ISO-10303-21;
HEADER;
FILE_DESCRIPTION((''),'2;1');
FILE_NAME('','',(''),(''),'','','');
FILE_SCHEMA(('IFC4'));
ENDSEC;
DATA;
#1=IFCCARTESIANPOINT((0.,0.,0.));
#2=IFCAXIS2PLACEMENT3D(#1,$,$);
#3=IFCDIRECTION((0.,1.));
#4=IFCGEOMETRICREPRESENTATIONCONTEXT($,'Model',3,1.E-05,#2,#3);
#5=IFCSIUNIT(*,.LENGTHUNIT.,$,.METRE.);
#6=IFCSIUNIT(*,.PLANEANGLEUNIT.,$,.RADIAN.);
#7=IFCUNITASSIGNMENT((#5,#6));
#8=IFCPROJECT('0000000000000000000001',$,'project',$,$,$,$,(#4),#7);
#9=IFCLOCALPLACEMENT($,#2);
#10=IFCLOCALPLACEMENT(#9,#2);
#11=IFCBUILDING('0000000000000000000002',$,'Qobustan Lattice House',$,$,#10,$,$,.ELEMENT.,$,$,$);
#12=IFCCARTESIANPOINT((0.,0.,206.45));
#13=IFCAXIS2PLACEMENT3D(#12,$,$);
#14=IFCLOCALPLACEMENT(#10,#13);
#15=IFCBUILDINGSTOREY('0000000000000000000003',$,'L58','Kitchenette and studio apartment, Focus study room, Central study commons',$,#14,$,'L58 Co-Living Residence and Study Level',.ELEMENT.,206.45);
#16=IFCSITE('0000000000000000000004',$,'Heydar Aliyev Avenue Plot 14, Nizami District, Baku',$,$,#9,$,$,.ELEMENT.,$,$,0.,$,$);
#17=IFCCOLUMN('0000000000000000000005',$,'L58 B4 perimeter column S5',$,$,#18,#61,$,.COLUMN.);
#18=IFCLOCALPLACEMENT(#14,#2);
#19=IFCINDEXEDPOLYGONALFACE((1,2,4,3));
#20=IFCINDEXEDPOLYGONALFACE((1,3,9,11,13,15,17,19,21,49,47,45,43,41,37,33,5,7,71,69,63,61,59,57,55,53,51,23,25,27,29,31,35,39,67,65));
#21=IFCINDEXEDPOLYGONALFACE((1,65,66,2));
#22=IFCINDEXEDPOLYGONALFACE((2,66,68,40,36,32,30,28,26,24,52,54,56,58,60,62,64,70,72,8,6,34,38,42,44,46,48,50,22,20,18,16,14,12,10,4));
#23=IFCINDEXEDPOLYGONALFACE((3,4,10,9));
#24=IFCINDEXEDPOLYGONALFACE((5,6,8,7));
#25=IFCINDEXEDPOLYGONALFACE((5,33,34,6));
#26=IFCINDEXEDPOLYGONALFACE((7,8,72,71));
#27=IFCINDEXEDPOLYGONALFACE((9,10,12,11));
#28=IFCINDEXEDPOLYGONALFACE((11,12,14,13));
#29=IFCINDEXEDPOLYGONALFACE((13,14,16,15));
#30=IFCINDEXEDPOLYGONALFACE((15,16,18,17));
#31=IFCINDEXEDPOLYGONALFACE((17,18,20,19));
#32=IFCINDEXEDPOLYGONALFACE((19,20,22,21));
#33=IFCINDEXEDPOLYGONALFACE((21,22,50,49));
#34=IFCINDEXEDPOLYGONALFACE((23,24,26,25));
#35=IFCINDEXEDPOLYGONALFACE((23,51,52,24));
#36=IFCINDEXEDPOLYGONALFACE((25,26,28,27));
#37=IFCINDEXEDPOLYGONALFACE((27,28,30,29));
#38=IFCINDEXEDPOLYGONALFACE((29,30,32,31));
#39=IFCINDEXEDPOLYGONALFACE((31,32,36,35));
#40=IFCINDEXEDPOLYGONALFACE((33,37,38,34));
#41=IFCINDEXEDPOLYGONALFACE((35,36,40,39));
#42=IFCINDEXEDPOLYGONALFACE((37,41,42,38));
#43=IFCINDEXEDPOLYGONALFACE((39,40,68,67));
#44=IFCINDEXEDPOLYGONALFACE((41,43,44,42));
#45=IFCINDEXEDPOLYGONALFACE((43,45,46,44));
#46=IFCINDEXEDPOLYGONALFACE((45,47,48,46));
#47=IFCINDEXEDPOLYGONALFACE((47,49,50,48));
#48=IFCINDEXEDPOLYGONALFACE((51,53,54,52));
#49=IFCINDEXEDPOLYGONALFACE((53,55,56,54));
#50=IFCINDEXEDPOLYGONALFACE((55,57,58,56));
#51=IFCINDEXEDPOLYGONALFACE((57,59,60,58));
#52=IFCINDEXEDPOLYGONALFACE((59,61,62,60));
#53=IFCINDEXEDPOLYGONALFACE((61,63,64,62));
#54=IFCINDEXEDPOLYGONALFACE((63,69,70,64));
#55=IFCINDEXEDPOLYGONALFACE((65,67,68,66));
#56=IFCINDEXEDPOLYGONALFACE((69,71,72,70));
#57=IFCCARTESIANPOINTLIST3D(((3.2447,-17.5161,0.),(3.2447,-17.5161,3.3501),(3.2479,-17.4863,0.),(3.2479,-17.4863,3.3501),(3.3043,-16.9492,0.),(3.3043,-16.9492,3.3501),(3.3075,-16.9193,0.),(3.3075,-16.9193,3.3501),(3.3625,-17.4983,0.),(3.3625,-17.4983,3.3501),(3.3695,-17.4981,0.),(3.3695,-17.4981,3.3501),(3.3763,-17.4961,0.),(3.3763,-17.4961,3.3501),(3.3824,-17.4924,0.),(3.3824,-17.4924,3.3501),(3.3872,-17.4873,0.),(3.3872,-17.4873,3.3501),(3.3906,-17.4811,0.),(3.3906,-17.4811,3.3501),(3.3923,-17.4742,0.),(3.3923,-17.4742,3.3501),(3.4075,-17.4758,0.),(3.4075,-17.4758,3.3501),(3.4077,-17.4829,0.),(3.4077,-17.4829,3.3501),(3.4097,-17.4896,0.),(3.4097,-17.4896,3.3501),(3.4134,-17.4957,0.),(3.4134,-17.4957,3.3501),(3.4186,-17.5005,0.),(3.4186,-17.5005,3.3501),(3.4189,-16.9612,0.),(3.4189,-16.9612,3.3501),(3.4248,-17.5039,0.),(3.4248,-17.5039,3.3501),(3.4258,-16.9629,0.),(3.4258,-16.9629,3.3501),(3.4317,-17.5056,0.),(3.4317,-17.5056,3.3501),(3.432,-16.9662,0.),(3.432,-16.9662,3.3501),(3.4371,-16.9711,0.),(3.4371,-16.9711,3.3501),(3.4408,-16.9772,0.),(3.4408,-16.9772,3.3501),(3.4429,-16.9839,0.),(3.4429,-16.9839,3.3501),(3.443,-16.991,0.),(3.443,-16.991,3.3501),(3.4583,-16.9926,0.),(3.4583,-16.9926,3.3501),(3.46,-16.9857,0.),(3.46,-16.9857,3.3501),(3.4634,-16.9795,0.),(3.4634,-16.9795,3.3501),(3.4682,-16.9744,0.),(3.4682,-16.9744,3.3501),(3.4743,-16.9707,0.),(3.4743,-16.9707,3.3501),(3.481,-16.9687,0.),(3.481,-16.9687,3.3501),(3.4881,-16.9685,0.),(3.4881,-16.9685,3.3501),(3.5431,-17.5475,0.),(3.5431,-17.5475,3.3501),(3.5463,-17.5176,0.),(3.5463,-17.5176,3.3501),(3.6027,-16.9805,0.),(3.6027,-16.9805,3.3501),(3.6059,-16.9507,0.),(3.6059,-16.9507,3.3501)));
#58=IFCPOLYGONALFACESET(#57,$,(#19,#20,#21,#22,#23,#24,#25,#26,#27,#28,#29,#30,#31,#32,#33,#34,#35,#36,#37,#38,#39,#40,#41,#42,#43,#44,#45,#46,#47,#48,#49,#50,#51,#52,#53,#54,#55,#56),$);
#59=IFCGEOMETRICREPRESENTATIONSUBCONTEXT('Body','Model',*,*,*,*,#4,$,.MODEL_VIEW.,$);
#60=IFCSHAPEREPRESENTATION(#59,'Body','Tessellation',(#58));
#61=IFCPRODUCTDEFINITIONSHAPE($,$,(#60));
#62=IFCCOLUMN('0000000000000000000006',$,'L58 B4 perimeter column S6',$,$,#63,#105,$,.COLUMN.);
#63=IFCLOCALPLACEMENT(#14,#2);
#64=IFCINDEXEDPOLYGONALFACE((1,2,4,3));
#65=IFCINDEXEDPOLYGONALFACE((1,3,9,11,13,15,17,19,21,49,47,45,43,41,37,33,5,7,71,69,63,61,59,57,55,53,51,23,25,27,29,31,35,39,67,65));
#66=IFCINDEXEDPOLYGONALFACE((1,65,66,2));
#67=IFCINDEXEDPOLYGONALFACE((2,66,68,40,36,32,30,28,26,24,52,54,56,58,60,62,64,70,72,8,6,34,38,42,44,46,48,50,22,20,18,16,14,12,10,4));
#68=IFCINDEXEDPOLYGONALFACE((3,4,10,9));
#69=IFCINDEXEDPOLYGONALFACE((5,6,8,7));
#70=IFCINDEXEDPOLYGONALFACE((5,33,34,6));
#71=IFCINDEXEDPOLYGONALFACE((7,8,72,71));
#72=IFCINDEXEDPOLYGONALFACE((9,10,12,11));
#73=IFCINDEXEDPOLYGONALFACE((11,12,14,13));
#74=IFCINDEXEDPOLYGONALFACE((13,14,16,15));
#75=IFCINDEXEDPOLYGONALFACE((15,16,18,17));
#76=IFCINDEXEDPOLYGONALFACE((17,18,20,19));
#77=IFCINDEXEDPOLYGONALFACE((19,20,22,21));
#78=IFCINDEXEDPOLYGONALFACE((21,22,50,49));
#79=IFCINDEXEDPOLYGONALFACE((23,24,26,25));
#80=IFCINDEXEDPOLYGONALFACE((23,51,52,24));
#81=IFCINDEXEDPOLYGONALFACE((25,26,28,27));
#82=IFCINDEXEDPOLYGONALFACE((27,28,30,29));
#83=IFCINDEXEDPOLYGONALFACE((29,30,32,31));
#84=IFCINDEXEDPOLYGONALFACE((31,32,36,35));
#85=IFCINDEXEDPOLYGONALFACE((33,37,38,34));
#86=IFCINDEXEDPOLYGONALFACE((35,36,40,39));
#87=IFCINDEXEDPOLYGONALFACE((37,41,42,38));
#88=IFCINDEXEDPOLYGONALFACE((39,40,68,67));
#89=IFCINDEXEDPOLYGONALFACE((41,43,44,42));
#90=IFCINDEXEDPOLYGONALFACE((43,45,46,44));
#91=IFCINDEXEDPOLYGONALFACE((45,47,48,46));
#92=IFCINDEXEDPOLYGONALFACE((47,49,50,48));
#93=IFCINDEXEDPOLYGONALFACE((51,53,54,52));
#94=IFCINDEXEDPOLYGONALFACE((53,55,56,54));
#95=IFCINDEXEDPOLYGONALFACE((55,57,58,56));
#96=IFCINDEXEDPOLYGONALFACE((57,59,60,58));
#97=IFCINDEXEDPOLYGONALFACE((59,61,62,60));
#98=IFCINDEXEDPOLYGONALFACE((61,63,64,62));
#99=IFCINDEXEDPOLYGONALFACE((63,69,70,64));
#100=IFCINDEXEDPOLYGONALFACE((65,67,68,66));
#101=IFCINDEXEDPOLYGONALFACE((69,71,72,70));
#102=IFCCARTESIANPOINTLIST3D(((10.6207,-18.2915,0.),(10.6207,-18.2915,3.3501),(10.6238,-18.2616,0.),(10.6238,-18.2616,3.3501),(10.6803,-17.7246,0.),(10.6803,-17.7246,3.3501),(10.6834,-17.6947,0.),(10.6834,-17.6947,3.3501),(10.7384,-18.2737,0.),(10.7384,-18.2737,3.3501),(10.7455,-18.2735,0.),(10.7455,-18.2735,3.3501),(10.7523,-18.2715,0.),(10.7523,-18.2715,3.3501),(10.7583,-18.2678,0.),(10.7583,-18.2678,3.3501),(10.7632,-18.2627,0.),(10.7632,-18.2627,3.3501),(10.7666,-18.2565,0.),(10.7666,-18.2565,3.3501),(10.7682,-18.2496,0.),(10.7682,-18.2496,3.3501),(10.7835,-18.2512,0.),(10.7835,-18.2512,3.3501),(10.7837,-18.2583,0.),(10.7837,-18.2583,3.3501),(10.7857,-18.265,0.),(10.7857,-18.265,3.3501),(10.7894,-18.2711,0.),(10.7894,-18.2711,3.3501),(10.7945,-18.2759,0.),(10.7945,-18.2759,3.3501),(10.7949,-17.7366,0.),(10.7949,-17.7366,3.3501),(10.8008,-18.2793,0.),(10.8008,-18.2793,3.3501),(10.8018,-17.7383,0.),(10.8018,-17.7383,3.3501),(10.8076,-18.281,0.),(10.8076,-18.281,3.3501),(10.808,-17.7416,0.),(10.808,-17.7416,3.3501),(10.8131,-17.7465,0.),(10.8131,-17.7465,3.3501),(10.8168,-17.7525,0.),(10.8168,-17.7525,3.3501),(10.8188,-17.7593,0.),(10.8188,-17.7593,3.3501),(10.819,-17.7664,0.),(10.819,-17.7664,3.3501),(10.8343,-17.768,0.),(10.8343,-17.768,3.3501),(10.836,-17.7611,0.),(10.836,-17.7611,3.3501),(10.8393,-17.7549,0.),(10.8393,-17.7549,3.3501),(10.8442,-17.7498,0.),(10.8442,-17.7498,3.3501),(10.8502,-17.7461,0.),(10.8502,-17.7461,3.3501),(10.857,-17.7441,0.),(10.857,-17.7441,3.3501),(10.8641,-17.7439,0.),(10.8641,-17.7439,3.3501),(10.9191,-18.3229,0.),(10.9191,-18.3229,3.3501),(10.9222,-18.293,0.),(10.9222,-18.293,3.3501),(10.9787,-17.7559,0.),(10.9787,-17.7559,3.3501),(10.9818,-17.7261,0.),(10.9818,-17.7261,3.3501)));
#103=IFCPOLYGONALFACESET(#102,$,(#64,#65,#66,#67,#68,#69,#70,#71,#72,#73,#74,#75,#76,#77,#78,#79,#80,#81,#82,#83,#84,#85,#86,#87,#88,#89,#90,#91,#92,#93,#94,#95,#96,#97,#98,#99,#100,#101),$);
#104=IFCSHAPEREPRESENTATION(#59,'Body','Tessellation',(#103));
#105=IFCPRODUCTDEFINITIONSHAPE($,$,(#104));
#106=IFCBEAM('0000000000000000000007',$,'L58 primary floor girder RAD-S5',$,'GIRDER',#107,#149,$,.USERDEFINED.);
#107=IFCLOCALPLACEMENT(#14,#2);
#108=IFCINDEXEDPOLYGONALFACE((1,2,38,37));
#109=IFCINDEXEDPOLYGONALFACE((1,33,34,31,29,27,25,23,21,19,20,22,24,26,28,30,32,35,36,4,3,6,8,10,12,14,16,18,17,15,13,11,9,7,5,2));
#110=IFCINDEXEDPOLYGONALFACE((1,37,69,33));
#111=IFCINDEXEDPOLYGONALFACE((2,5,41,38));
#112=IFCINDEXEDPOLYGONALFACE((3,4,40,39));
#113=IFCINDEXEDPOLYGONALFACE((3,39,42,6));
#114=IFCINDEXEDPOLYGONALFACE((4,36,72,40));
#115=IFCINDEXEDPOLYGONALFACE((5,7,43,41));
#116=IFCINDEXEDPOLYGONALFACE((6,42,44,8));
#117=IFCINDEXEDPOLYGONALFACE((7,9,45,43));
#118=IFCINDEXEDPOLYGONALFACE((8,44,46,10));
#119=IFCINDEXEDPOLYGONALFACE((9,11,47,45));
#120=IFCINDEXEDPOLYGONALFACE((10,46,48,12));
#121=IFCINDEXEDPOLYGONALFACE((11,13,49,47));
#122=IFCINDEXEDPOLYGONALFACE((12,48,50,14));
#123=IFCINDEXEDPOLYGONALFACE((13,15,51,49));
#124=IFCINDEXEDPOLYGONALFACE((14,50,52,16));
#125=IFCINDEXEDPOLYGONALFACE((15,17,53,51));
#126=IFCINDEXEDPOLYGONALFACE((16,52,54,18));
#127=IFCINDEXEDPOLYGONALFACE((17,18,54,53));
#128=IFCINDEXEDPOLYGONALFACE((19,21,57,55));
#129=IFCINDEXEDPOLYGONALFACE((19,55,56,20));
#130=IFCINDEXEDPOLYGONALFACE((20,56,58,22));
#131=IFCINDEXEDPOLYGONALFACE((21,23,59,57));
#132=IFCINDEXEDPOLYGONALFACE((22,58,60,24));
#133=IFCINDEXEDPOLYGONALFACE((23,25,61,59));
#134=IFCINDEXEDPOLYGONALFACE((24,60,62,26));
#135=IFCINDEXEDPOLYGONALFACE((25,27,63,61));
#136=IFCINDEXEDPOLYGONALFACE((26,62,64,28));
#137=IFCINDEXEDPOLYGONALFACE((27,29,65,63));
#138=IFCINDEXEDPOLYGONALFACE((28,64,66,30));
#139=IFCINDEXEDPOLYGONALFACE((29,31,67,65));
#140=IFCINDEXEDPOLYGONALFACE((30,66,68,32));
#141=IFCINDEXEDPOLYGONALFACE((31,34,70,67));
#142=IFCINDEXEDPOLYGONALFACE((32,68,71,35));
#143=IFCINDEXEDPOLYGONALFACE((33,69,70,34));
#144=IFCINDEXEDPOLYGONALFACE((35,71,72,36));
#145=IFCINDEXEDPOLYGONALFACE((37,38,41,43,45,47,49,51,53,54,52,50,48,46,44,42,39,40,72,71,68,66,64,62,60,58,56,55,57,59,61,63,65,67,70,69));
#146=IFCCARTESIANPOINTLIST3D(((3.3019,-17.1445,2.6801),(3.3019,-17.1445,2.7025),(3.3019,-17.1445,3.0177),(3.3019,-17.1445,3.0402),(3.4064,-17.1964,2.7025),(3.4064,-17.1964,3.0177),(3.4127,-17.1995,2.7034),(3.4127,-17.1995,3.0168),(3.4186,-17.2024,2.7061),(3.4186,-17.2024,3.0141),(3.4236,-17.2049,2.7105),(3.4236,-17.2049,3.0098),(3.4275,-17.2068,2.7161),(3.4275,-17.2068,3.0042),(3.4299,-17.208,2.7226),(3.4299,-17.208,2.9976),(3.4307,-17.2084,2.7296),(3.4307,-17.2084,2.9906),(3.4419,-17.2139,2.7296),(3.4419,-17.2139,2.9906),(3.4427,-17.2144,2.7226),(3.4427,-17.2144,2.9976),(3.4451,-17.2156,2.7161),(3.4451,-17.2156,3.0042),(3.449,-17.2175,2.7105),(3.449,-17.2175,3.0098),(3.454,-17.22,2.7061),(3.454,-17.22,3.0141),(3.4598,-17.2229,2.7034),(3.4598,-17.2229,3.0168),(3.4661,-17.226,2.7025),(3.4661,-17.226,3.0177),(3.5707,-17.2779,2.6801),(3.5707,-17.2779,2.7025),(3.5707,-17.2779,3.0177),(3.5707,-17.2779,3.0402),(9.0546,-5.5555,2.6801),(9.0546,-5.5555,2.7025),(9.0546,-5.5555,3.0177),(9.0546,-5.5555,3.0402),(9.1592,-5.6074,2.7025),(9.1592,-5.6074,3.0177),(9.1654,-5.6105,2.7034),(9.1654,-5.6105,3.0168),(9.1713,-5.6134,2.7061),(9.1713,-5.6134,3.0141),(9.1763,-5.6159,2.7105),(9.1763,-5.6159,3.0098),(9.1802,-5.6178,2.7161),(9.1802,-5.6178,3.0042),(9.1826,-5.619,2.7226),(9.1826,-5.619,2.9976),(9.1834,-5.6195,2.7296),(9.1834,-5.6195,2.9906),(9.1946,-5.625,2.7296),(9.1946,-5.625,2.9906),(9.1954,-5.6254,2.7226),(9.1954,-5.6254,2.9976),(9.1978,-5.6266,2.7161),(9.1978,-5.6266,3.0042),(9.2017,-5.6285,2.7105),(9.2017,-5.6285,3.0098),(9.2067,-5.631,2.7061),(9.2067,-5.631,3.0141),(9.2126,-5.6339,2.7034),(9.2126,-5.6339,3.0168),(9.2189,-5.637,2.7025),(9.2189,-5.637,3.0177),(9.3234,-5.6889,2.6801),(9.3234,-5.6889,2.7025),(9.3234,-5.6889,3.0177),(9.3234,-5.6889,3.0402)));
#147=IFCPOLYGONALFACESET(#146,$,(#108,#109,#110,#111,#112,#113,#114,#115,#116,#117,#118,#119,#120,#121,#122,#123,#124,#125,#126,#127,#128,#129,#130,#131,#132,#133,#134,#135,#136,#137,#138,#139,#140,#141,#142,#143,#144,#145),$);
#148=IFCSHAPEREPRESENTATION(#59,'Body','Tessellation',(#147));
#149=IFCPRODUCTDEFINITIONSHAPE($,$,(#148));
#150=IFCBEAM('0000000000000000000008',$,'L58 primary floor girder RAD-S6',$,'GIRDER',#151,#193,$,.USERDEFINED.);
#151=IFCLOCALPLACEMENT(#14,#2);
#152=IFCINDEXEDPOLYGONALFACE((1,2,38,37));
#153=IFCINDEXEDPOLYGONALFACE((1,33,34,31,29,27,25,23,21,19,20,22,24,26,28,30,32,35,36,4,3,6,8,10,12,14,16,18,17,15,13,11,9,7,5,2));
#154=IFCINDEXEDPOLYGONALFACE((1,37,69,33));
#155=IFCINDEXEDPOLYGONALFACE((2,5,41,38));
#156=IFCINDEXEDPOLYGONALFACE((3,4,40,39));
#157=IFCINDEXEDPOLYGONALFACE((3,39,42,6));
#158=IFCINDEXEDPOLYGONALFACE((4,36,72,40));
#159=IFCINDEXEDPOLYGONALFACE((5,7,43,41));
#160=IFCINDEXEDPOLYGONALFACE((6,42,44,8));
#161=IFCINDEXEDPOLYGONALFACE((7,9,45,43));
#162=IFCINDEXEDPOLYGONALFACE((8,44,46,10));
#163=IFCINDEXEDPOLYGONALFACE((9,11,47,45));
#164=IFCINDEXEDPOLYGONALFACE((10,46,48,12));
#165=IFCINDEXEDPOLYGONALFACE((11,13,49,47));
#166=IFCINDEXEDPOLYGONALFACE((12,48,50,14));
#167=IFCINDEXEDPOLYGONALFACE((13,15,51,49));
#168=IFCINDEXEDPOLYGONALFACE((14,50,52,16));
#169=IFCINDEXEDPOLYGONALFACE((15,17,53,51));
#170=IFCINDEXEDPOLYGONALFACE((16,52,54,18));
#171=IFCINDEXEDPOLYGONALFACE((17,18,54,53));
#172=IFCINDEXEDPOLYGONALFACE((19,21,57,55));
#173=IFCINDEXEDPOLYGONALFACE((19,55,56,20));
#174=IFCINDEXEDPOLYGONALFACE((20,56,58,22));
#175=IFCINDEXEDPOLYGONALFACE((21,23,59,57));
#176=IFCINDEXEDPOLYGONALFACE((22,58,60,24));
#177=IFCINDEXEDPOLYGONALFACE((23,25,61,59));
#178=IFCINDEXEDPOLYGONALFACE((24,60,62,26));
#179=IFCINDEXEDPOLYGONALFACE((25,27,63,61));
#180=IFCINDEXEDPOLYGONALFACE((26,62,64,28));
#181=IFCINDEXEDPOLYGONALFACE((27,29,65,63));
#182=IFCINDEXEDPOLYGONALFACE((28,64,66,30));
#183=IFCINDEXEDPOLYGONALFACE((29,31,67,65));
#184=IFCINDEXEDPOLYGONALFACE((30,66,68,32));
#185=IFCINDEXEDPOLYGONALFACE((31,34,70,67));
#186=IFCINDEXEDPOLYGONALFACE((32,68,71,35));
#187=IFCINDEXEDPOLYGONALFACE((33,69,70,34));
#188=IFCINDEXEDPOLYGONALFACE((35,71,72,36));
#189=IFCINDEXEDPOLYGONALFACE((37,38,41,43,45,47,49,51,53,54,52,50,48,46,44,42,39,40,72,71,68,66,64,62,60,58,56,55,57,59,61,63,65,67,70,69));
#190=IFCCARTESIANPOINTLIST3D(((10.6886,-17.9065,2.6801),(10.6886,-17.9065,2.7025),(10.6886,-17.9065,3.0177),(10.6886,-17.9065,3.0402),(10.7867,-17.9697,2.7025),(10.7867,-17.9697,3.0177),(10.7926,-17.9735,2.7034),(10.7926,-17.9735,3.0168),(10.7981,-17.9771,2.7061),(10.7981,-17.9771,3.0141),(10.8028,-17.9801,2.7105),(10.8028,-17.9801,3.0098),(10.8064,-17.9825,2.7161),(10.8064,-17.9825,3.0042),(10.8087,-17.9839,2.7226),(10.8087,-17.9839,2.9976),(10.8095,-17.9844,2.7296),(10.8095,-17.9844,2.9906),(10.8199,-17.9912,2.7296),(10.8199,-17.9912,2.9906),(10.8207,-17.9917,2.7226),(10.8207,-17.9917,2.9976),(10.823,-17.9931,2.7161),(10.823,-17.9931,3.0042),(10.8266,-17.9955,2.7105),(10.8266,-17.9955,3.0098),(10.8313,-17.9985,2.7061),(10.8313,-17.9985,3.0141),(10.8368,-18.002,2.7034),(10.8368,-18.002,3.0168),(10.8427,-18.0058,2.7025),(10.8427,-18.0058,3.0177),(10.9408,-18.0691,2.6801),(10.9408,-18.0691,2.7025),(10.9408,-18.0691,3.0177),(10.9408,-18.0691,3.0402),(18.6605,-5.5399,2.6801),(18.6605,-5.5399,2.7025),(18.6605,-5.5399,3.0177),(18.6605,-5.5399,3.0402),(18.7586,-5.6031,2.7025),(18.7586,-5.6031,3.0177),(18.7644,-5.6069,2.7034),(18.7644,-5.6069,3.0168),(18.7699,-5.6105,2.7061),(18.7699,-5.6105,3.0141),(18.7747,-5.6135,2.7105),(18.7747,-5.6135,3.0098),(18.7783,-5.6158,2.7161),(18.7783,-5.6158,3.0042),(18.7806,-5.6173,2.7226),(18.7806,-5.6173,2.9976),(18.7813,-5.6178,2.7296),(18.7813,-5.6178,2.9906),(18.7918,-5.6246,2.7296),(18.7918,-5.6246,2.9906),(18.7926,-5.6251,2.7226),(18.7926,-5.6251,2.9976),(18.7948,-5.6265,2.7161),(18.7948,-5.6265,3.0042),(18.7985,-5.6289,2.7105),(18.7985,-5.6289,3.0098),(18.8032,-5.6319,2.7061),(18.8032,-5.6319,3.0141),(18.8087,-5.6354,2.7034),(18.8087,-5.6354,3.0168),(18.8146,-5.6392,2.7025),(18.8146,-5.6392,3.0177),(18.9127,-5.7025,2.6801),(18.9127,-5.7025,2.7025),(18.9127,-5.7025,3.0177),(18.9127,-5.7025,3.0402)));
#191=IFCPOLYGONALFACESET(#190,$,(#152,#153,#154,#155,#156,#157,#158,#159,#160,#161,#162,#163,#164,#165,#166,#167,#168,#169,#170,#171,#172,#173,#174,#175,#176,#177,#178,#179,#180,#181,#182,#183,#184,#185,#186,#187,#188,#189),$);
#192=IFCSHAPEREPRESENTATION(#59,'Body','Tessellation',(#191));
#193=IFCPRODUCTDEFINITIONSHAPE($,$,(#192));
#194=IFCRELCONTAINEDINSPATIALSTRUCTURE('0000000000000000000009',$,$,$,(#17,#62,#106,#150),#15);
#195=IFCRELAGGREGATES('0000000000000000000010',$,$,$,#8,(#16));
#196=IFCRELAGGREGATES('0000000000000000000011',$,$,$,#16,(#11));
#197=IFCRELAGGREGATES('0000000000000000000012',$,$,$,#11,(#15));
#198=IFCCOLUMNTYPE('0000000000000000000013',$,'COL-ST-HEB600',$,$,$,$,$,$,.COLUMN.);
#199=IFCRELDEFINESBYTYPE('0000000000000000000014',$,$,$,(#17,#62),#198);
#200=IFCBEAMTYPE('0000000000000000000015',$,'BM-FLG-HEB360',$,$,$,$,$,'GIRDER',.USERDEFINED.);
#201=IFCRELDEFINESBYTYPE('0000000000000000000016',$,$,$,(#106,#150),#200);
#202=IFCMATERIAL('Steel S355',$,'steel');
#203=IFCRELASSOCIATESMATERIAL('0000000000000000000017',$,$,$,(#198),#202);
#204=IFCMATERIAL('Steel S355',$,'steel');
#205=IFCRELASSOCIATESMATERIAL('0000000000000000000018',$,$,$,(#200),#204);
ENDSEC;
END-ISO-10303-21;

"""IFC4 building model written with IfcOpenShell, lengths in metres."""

from ifc_helpers import new_model, si_unit, direction, frame, origin, origin_2d, place, context, subcontext, project, spatial, i_section, extrude, material, material_profile, profile_set, type_object, element, save


model = new_model("IFC4")

# Units and contexts
model_context = context("Model", 3, precision=1e-05, world=origin(), true_north=direction((0.0, 1.0)))
body_context = subcontext(model_context, "Body", "Model", "MODEL_VIEW")
ifc_project = project(units=[si_unit("LENGTHUNIT", "METRE"), si_unit("PLANEANGLEUNIT", "RADIAN")], contexts=[model_context])

# Site, building, storey
site_placement = place(None, origin())
site = spatial("IfcSite", under=ifc_project, at=site_placement, Name="Heydar Aliyev Avenue Plot 14, Nizami District, Baku", CompositionType="ELEMENT", RefElevation=0.0)
building_placement = place(site_placement, origin())
building = spatial("IfcBuilding", under=site, at=building_placement, Name="Qobustan Lattice House", CompositionType="ELEMENT")
storey_placement = place(building_placement, frame((0.0, 0.0, 206.45)))
storey = spatial("IfcBuildingStorey", under=building, at=storey_placement, Name="L58", Description="Kitchenette and studio apartment, Focus study room, Central study commons", LongName="L58 Co-Living Residence and Study Level", CompositionType="ELEMENT", Elevation=206.45)

# Columns
ifc_material_1 = material(Name="Steel S355", Category="steel")
ifc_material_profile_1 = material_profile(ifc_material_1, i_section(OverallWidth=0.3, OverallDepth=0.6001, WebThickness=0.0154, FlangeThickness=0.03, FilletRadius=0.0271, at=origin_2d()), Name="HEB600")
ifc_profile_set_1 = profile_set([ifc_material_profile_1], Name="Steel S355")
column_type = type_object("IfcColumnType", Name="COL-ST-HEB600", PredefinedType="COLUMN", material=ifc_profile_set_1)
for number, where, z_axis, x_axis, name in (
    (1, (3.4253, -17.2334, 0.0), (0.0, 0.0, 1.0), (0.994522, -0.104528, 0.0), "L58 B4 perimeter column S5"),
    (2, (10.8013, -18.0088, 0.0), (0.0, 0.0, 1.0), (0.994522, -0.104528, 0.0), "L58 B4 perimeter column S6"),
):
    element("IfcColumn", number, at=place(storey_placement, frame(where, z_axis=z_axis, x_axis=x_axis)), inside=storey, type_object=column_type, Name=name, PredefinedType="COLUMN", context=body_context, shape_type="SweptSolid", body=[
        extrude(i_section(OverallWidth=0.3, OverallDepth=0.6001, WebThickness=0.0154, FlangeThickness=0.03, FilletRadius=0.0271, at=origin_2d()), origin(), (0.0, 0.0, 1.0), 3.3501),
    ])

# Beams
ifc_material_2 = material(Name="Steel S355", Category="steel")
ifc_material_profile_2 = material_profile(ifc_material_2, i_section(OverallWidth=0.3, OverallDepth=0.3601, WebThickness=0.0125, FlangeThickness=0.0225, FilletRadius=0.0271, at=origin_2d()), Name="HEB360")
ifc_profile_set_2 = profile_set([ifc_material_profile_2], Name="Steel S355")
beam_type_1 = type_object("IfcBeamType", Name="BM-FLG-HEB360", ElementType="GIRDER", PredefinedType="USERDEFINED", material=ifc_profile_set_2)
beam_1_placement = place(storey_placement, frame((3.4363, -17.2112, 2.8601), z_axis=(0.44463, 0.895714, 0.0), x_axis=(-0.895714, 0.44463, 0.0)))
element("IfcBeam", 3, at=beam_1_placement, inside=storey, type_object=beam_type_1, Name="L58 primary floor girder RAD-S5", ObjectType="GIRDER", PredefinedType="USERDEFINED", context=body_context, shape_type="SweptSolid", body=[
    extrude(i_section(OverallWidth=0.3, OverallDepth=0.3601, WebThickness=0.0125, FlangeThickness=0.0225, FilletRadius=0.0271, at=origin_2d()), origin(), (0.0, 0.0, 1.0), 12.9382),
])
beam_2_placement = place(storey_placement, frame((10.8147, -17.9878, 2.8601), z_axis=(0.54181, 0.840501, 0.0), x_axis=(-0.840501, 0.54181, 0.0)))
element("IfcBeam", 4, at=beam_2_placement, inside=storey, type_object=beam_type_1, Name="L58 primary floor girder RAD-S6", ObjectType="GIRDER", PredefinedType="USERDEFINED", context=body_context, shape_type="SweptSolid", body=[
    extrude(i_section(OverallWidth=0.3, OverallDepth=0.3601, WebThickness=0.0125, FlangeThickness=0.0225, FilletRadius=0.0271, at=origin_2d()), origin(), (0.0, 0.0, 1.0), 14.7134),
])

save(model, "model.ifc")
